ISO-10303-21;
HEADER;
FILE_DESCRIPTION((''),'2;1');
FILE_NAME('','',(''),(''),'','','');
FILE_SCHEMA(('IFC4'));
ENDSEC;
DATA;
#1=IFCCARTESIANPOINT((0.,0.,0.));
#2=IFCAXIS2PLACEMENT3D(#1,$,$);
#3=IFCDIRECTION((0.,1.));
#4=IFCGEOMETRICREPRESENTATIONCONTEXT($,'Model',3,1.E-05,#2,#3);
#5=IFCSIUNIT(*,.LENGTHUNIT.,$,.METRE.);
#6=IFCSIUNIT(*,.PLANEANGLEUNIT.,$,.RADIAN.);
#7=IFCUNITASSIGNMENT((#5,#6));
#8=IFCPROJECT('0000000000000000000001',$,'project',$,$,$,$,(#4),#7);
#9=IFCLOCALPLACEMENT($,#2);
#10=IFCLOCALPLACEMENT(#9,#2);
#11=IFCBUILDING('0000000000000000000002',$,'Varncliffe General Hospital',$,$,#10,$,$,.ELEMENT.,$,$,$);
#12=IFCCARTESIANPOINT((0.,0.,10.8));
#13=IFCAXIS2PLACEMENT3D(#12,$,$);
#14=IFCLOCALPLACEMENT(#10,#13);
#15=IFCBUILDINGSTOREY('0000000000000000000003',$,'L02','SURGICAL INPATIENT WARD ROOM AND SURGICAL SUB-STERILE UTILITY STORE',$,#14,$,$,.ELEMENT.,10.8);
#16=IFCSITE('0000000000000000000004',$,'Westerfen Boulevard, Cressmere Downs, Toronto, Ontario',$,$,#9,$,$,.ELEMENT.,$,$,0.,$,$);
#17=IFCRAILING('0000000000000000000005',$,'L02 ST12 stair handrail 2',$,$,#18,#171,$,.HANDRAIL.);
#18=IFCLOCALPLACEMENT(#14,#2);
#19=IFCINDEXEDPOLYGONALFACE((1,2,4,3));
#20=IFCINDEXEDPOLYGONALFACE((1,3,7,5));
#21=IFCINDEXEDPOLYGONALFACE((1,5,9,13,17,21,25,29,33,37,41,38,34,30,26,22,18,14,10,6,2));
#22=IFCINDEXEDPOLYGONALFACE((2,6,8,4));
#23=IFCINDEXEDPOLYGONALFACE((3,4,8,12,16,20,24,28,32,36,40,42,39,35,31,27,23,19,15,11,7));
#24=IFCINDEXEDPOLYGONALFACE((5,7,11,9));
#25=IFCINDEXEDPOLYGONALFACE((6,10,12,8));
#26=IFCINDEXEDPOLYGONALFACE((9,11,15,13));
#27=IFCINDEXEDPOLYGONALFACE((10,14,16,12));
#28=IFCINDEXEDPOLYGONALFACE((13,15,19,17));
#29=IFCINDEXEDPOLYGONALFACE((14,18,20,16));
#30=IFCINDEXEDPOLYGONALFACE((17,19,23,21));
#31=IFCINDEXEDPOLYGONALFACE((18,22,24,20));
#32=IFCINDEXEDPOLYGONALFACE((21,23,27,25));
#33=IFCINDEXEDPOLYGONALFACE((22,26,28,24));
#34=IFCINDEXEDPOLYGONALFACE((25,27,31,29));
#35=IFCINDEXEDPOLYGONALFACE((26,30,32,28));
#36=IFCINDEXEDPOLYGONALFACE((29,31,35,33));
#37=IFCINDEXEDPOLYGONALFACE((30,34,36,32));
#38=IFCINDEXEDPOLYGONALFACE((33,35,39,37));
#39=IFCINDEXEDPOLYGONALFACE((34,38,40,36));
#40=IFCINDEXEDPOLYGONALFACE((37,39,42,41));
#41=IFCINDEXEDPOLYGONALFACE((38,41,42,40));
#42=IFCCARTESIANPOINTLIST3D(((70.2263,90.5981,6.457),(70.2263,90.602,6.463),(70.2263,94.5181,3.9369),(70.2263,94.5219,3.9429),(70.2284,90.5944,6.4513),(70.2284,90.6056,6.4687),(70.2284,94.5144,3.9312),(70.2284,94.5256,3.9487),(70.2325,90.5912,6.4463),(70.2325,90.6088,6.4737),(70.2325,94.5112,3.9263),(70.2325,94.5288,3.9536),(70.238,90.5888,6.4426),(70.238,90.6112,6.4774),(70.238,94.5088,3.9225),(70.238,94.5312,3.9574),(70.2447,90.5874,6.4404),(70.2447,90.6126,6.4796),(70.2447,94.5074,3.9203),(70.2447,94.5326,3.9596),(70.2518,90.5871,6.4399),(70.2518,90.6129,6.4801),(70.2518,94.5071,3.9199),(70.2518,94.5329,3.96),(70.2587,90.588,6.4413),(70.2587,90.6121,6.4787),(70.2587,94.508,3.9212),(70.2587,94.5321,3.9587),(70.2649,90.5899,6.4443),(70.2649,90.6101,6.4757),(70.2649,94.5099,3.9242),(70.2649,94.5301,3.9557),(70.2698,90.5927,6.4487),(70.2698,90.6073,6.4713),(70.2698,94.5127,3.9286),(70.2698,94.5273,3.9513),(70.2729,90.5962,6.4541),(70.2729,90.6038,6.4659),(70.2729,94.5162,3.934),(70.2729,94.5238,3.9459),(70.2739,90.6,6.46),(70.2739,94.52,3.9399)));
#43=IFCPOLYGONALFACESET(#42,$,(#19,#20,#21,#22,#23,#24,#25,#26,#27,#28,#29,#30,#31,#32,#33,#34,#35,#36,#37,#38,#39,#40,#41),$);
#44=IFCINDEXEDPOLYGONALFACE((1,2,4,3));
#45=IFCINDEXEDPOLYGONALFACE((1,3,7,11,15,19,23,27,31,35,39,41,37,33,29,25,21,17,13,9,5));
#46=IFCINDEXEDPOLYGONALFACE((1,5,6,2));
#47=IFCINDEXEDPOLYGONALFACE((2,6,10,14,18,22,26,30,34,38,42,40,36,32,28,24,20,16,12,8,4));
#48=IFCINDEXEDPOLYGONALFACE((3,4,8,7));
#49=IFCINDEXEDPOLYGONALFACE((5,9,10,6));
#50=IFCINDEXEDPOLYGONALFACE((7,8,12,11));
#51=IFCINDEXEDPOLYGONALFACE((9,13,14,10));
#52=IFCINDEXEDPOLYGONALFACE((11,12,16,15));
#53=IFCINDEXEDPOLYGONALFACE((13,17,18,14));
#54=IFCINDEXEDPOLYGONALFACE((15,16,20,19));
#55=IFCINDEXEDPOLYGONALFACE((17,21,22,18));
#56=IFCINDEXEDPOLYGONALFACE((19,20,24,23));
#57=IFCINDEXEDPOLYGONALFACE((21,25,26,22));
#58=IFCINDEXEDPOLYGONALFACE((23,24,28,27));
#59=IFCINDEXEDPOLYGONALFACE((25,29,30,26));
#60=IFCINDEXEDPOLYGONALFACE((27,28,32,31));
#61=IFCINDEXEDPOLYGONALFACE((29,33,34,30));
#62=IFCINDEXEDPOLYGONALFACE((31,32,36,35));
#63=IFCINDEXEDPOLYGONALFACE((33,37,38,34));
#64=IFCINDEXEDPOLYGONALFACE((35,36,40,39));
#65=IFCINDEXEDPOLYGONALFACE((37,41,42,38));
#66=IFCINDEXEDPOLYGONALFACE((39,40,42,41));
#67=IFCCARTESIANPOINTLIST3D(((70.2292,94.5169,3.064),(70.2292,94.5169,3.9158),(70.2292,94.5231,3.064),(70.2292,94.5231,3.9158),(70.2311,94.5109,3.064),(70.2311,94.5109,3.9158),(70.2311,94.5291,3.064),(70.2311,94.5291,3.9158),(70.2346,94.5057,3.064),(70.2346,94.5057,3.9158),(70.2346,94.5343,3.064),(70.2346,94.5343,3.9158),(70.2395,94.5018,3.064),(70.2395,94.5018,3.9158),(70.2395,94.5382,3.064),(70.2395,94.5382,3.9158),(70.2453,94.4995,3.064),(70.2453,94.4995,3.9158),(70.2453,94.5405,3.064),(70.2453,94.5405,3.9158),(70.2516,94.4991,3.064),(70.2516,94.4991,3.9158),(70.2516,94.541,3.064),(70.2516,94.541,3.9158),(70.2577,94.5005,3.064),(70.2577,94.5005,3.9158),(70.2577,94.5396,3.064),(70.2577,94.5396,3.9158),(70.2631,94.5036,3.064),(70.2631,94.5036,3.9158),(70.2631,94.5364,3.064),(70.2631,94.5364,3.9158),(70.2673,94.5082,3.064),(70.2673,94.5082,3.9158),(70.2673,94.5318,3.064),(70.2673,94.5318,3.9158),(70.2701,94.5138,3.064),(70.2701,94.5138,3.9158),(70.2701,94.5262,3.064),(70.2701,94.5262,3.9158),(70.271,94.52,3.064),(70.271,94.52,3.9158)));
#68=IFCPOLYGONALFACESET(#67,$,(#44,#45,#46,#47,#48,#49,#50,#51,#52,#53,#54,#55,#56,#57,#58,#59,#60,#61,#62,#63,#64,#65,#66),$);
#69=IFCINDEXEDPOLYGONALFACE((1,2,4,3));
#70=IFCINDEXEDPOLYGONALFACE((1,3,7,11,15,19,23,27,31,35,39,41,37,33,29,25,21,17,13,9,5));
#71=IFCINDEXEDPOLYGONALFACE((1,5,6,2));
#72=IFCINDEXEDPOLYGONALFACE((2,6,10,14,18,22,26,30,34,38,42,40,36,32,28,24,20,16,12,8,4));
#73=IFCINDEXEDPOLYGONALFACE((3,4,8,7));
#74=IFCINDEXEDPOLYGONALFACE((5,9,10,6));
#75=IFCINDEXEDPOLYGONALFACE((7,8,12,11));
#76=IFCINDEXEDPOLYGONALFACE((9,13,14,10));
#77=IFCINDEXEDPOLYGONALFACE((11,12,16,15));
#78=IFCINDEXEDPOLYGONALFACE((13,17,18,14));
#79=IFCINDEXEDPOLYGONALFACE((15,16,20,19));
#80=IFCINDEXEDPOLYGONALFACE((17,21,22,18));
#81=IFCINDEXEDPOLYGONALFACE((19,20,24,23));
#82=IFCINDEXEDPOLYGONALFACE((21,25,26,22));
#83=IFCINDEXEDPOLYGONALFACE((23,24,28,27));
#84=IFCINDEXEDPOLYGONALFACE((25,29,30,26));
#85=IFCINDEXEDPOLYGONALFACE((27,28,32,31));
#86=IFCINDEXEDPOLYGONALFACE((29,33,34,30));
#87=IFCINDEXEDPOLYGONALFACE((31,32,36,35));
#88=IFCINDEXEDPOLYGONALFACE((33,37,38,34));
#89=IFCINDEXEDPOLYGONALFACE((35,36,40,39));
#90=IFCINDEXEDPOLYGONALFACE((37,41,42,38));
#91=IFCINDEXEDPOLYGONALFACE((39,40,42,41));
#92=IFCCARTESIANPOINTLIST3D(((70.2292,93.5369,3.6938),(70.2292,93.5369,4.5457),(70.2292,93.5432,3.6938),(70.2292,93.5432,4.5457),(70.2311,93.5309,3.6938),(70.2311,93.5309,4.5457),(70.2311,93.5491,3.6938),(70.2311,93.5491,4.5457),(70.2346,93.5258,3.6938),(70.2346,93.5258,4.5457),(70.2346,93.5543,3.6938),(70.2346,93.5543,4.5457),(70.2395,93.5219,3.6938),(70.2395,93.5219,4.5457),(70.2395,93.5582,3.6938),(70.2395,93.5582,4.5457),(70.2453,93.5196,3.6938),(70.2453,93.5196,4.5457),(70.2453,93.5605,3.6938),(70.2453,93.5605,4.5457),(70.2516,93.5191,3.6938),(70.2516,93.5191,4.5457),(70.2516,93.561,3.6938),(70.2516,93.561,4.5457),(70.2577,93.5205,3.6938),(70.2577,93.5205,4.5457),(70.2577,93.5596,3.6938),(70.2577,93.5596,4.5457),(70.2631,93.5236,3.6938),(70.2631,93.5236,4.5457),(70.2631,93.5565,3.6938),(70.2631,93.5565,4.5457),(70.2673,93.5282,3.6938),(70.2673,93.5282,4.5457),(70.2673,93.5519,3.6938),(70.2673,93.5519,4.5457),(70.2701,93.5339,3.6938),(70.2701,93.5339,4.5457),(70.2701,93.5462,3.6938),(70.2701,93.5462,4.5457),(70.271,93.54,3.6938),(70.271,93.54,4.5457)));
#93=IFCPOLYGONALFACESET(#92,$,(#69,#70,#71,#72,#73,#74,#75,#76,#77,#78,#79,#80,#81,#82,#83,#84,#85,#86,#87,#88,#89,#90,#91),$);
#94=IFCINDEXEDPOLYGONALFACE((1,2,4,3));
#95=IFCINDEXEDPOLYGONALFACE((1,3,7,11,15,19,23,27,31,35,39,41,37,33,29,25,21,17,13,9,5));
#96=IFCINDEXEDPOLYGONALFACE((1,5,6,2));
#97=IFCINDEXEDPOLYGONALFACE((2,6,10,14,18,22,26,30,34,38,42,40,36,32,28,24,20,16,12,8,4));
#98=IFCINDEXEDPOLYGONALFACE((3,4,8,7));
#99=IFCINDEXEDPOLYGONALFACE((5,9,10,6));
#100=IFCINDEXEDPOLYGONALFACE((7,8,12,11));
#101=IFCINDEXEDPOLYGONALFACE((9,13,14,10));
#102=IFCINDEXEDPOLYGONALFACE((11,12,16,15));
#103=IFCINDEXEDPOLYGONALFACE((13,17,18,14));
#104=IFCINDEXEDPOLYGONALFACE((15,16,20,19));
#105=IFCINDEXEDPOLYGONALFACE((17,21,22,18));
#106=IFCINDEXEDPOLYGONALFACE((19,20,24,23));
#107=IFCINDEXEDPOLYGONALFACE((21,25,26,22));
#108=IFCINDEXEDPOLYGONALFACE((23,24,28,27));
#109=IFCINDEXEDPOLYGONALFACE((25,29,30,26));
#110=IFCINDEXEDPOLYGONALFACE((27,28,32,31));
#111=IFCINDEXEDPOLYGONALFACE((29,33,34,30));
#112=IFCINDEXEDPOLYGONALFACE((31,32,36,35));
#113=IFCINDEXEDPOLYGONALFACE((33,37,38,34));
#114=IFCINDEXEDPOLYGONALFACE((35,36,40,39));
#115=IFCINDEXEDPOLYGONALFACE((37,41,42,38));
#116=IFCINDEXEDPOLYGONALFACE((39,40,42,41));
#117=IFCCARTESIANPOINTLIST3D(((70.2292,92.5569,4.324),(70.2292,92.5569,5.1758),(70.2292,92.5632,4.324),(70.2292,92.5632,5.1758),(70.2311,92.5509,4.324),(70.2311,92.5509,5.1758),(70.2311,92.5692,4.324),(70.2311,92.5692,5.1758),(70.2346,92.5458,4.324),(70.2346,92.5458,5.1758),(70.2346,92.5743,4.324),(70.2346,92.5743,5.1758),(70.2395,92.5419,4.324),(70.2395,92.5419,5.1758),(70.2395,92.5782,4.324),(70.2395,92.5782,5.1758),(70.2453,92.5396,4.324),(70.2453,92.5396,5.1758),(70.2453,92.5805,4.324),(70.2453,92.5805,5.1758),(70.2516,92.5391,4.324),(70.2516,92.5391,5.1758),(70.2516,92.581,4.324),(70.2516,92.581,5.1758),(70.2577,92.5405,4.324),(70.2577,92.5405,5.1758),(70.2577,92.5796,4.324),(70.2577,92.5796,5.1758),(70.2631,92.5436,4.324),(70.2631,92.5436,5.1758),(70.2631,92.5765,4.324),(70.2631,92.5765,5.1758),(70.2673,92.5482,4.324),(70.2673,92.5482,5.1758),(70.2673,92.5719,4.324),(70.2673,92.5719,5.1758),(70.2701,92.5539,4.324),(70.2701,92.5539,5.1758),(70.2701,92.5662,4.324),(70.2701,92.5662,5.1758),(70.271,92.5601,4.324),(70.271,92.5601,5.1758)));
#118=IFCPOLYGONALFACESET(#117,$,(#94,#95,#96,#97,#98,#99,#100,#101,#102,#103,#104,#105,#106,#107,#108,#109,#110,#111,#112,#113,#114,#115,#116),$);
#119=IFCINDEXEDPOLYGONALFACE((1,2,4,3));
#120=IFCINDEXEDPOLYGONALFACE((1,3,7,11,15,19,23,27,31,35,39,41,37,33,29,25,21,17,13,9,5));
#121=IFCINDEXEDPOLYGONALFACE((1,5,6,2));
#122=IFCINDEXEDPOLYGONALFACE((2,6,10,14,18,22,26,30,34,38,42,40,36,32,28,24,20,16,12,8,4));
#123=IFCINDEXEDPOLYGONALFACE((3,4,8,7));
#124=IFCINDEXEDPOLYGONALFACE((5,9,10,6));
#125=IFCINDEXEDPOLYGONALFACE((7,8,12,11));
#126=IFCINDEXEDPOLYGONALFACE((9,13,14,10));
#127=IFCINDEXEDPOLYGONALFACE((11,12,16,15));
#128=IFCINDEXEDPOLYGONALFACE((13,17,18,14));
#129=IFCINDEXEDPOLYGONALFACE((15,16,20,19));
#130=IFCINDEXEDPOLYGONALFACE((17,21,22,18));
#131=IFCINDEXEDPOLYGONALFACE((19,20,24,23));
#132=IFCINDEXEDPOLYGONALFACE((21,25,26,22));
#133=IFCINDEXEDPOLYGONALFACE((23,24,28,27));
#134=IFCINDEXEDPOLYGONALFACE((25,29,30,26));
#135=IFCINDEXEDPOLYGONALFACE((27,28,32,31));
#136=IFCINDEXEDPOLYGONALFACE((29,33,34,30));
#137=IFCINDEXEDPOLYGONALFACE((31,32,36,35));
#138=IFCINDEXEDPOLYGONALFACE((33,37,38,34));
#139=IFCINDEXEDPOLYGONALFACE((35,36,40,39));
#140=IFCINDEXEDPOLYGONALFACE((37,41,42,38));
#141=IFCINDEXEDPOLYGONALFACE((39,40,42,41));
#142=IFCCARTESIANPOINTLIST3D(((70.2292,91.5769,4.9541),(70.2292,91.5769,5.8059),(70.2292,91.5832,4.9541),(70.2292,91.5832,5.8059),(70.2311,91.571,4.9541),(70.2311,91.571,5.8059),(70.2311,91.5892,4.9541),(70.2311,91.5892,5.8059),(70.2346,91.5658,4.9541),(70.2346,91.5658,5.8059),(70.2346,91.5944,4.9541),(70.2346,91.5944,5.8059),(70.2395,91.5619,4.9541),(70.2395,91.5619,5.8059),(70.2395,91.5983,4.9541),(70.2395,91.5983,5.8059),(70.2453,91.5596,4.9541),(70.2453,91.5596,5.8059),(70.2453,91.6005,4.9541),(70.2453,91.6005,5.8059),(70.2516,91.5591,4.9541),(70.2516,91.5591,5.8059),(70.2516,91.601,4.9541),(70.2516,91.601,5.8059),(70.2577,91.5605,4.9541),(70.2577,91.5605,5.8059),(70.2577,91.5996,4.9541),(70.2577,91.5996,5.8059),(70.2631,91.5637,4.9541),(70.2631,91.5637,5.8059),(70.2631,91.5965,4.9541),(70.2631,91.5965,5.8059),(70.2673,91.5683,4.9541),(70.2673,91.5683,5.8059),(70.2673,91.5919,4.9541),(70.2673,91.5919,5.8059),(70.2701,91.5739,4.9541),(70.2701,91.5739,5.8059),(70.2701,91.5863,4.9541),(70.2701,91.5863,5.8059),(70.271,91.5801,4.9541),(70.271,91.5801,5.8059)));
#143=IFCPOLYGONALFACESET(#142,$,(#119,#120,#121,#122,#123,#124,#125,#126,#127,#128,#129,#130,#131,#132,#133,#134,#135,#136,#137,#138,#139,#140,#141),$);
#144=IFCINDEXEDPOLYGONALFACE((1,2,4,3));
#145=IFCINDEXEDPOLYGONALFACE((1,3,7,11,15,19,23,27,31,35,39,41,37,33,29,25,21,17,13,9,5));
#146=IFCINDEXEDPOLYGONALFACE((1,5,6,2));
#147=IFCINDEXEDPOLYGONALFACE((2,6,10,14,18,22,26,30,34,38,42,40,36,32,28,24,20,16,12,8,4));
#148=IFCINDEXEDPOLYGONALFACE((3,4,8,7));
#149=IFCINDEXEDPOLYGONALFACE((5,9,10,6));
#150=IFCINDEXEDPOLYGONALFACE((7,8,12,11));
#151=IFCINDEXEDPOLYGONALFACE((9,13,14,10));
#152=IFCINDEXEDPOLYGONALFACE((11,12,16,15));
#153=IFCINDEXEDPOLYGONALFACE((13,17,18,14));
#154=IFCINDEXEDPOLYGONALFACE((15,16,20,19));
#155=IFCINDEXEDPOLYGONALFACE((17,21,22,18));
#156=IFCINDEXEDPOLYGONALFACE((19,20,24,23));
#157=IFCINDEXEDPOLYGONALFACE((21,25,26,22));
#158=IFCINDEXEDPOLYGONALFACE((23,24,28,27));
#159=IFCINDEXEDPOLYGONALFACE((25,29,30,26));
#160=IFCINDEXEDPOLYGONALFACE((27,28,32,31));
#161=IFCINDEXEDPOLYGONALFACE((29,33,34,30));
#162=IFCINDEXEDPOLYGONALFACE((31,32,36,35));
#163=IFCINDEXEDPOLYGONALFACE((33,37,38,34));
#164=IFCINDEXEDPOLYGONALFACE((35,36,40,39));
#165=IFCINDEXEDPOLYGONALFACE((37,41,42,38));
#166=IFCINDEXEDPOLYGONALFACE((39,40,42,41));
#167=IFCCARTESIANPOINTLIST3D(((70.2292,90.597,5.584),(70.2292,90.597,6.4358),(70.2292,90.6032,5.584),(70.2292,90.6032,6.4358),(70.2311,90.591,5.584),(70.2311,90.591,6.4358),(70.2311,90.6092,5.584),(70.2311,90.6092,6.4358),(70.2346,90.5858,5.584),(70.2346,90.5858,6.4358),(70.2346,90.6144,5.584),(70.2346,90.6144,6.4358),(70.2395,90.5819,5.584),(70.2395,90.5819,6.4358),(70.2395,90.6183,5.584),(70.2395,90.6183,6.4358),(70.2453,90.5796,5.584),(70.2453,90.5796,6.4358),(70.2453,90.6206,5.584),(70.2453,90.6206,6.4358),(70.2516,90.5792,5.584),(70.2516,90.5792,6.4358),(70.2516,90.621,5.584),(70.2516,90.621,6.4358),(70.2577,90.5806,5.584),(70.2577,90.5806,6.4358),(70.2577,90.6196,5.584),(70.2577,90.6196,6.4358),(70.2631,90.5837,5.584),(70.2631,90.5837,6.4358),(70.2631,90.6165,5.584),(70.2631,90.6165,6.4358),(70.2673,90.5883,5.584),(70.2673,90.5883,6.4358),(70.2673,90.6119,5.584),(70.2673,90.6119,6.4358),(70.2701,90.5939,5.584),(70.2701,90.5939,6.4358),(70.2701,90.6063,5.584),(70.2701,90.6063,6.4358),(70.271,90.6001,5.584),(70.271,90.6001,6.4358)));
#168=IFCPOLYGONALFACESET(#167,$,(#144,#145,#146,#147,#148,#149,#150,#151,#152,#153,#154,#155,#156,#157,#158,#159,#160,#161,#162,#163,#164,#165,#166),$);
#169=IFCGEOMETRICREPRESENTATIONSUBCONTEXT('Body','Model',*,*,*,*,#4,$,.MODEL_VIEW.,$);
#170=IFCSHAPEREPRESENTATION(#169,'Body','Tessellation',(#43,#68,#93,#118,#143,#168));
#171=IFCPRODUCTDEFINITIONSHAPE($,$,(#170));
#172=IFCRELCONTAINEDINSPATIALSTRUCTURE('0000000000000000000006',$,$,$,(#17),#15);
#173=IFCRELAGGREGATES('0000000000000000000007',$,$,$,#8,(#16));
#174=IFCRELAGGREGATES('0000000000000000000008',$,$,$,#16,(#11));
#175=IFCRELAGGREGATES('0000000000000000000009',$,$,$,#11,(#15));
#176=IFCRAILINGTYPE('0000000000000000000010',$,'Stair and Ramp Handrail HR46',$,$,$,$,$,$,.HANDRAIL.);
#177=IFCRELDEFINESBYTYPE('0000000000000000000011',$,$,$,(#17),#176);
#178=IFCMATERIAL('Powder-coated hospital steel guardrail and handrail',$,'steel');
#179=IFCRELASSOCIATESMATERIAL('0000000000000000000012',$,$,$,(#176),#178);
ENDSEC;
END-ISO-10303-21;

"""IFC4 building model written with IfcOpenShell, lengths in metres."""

from ifc_helpers import new_model, si_unit, direction, frame, origin, origin_2d, place, context, subcontext, project, spatial, circle, extrude, material, type_object, element, save


model = new_model("IFC4")

# Units and contexts
model_context = context("Model", 3, precision=1e-05, world=origin(), true_north=direction((0.0, 1.0)))
body_context = subcontext(model_context, "Body", "Model", "MODEL_VIEW")
ifc_project = project(units=[si_unit("LENGTHUNIT", "METRE"), si_unit("PLANEANGLEUNIT", "RADIAN")], contexts=[model_context])

# Site, building, storey
site_placement = place(None, origin())
site = spatial("IfcSite", under=ifc_project, at=site_placement, Name="Westerfen Boulevard, Cressmere Downs, Toronto, Ontario", CompositionType="ELEMENT", RefElevation=0.0)
building_placement = place(site_placement, origin())
building = spatial("IfcBuilding", under=site, at=building_placement, Name="Varncliffe General Hospital", CompositionType="ELEMENT")
storey_placement = place(building_placement, frame((0.0, 0.0, 10.8)))
storey = spatial("IfcBuildingStorey", under=building, at=storey_placement, Name="L02", Description="SURGICAL INPATIENT WARD ROOM AND SURGICAL SUB-STERILE UTILITY STORE", CompositionType="ELEMENT", Elevation=10.8)

# Railing
ifc_material_1 = material(Name="Powder-coated hospital steel guardrail and handrail", Category="steel")
railing_type = type_object("IfcRailingType", Name="Stair and Ramp Handrail HR46", PredefinedType="HANDRAIL", material=ifc_material_1)
railing_placement = place(storey_placement, frame((70.25, 94.52, 3.064)))
element("IfcRailing", 1, at=railing_placement, inside=storey, type_object=railing_type, Name="L02 ST12 stair handrail 2", PredefinedType="HANDRAIL", context=body_context, shape_type="SweptSolid", body=[
    extrude(circle(Radius=0.0239, at=origin_2d()), frame((0.0, 0.0, 0.876), z_axis=(0.0, -0.841172, 0.540768), x_axis=(1.0, 0.0, 0.0)), (0.0, 0.0, 1.0), 4.6602),
    extrude(circle(Radius=0.021, at=origin_2d()), origin(), (0.0, 0.0, 1.0), 0.8518),
    extrude(circle(Radius=0.021, at=origin_2d()), frame((0.0, -0.98, 0.6299)), (0.0, 0.0, 1.0), 0.8518),
    extrude(circle(Radius=0.021, at=origin_2d()), frame((0.0, -1.96, 1.26)), (0.0, 0.0, 1.0), 0.8518),
    extrude(circle(Radius=0.021, at=origin_2d()), frame((0.0, -2.9399, 1.8901)), (0.0, 0.0, 1.0), 0.8518),
    extrude(circle(Radius=0.021, at=origin_2d()), frame((0.0, -3.9199, 2.52)), (0.0, 0.0, 1.0), 0.8518),
])

save(model, "model.ifc")
